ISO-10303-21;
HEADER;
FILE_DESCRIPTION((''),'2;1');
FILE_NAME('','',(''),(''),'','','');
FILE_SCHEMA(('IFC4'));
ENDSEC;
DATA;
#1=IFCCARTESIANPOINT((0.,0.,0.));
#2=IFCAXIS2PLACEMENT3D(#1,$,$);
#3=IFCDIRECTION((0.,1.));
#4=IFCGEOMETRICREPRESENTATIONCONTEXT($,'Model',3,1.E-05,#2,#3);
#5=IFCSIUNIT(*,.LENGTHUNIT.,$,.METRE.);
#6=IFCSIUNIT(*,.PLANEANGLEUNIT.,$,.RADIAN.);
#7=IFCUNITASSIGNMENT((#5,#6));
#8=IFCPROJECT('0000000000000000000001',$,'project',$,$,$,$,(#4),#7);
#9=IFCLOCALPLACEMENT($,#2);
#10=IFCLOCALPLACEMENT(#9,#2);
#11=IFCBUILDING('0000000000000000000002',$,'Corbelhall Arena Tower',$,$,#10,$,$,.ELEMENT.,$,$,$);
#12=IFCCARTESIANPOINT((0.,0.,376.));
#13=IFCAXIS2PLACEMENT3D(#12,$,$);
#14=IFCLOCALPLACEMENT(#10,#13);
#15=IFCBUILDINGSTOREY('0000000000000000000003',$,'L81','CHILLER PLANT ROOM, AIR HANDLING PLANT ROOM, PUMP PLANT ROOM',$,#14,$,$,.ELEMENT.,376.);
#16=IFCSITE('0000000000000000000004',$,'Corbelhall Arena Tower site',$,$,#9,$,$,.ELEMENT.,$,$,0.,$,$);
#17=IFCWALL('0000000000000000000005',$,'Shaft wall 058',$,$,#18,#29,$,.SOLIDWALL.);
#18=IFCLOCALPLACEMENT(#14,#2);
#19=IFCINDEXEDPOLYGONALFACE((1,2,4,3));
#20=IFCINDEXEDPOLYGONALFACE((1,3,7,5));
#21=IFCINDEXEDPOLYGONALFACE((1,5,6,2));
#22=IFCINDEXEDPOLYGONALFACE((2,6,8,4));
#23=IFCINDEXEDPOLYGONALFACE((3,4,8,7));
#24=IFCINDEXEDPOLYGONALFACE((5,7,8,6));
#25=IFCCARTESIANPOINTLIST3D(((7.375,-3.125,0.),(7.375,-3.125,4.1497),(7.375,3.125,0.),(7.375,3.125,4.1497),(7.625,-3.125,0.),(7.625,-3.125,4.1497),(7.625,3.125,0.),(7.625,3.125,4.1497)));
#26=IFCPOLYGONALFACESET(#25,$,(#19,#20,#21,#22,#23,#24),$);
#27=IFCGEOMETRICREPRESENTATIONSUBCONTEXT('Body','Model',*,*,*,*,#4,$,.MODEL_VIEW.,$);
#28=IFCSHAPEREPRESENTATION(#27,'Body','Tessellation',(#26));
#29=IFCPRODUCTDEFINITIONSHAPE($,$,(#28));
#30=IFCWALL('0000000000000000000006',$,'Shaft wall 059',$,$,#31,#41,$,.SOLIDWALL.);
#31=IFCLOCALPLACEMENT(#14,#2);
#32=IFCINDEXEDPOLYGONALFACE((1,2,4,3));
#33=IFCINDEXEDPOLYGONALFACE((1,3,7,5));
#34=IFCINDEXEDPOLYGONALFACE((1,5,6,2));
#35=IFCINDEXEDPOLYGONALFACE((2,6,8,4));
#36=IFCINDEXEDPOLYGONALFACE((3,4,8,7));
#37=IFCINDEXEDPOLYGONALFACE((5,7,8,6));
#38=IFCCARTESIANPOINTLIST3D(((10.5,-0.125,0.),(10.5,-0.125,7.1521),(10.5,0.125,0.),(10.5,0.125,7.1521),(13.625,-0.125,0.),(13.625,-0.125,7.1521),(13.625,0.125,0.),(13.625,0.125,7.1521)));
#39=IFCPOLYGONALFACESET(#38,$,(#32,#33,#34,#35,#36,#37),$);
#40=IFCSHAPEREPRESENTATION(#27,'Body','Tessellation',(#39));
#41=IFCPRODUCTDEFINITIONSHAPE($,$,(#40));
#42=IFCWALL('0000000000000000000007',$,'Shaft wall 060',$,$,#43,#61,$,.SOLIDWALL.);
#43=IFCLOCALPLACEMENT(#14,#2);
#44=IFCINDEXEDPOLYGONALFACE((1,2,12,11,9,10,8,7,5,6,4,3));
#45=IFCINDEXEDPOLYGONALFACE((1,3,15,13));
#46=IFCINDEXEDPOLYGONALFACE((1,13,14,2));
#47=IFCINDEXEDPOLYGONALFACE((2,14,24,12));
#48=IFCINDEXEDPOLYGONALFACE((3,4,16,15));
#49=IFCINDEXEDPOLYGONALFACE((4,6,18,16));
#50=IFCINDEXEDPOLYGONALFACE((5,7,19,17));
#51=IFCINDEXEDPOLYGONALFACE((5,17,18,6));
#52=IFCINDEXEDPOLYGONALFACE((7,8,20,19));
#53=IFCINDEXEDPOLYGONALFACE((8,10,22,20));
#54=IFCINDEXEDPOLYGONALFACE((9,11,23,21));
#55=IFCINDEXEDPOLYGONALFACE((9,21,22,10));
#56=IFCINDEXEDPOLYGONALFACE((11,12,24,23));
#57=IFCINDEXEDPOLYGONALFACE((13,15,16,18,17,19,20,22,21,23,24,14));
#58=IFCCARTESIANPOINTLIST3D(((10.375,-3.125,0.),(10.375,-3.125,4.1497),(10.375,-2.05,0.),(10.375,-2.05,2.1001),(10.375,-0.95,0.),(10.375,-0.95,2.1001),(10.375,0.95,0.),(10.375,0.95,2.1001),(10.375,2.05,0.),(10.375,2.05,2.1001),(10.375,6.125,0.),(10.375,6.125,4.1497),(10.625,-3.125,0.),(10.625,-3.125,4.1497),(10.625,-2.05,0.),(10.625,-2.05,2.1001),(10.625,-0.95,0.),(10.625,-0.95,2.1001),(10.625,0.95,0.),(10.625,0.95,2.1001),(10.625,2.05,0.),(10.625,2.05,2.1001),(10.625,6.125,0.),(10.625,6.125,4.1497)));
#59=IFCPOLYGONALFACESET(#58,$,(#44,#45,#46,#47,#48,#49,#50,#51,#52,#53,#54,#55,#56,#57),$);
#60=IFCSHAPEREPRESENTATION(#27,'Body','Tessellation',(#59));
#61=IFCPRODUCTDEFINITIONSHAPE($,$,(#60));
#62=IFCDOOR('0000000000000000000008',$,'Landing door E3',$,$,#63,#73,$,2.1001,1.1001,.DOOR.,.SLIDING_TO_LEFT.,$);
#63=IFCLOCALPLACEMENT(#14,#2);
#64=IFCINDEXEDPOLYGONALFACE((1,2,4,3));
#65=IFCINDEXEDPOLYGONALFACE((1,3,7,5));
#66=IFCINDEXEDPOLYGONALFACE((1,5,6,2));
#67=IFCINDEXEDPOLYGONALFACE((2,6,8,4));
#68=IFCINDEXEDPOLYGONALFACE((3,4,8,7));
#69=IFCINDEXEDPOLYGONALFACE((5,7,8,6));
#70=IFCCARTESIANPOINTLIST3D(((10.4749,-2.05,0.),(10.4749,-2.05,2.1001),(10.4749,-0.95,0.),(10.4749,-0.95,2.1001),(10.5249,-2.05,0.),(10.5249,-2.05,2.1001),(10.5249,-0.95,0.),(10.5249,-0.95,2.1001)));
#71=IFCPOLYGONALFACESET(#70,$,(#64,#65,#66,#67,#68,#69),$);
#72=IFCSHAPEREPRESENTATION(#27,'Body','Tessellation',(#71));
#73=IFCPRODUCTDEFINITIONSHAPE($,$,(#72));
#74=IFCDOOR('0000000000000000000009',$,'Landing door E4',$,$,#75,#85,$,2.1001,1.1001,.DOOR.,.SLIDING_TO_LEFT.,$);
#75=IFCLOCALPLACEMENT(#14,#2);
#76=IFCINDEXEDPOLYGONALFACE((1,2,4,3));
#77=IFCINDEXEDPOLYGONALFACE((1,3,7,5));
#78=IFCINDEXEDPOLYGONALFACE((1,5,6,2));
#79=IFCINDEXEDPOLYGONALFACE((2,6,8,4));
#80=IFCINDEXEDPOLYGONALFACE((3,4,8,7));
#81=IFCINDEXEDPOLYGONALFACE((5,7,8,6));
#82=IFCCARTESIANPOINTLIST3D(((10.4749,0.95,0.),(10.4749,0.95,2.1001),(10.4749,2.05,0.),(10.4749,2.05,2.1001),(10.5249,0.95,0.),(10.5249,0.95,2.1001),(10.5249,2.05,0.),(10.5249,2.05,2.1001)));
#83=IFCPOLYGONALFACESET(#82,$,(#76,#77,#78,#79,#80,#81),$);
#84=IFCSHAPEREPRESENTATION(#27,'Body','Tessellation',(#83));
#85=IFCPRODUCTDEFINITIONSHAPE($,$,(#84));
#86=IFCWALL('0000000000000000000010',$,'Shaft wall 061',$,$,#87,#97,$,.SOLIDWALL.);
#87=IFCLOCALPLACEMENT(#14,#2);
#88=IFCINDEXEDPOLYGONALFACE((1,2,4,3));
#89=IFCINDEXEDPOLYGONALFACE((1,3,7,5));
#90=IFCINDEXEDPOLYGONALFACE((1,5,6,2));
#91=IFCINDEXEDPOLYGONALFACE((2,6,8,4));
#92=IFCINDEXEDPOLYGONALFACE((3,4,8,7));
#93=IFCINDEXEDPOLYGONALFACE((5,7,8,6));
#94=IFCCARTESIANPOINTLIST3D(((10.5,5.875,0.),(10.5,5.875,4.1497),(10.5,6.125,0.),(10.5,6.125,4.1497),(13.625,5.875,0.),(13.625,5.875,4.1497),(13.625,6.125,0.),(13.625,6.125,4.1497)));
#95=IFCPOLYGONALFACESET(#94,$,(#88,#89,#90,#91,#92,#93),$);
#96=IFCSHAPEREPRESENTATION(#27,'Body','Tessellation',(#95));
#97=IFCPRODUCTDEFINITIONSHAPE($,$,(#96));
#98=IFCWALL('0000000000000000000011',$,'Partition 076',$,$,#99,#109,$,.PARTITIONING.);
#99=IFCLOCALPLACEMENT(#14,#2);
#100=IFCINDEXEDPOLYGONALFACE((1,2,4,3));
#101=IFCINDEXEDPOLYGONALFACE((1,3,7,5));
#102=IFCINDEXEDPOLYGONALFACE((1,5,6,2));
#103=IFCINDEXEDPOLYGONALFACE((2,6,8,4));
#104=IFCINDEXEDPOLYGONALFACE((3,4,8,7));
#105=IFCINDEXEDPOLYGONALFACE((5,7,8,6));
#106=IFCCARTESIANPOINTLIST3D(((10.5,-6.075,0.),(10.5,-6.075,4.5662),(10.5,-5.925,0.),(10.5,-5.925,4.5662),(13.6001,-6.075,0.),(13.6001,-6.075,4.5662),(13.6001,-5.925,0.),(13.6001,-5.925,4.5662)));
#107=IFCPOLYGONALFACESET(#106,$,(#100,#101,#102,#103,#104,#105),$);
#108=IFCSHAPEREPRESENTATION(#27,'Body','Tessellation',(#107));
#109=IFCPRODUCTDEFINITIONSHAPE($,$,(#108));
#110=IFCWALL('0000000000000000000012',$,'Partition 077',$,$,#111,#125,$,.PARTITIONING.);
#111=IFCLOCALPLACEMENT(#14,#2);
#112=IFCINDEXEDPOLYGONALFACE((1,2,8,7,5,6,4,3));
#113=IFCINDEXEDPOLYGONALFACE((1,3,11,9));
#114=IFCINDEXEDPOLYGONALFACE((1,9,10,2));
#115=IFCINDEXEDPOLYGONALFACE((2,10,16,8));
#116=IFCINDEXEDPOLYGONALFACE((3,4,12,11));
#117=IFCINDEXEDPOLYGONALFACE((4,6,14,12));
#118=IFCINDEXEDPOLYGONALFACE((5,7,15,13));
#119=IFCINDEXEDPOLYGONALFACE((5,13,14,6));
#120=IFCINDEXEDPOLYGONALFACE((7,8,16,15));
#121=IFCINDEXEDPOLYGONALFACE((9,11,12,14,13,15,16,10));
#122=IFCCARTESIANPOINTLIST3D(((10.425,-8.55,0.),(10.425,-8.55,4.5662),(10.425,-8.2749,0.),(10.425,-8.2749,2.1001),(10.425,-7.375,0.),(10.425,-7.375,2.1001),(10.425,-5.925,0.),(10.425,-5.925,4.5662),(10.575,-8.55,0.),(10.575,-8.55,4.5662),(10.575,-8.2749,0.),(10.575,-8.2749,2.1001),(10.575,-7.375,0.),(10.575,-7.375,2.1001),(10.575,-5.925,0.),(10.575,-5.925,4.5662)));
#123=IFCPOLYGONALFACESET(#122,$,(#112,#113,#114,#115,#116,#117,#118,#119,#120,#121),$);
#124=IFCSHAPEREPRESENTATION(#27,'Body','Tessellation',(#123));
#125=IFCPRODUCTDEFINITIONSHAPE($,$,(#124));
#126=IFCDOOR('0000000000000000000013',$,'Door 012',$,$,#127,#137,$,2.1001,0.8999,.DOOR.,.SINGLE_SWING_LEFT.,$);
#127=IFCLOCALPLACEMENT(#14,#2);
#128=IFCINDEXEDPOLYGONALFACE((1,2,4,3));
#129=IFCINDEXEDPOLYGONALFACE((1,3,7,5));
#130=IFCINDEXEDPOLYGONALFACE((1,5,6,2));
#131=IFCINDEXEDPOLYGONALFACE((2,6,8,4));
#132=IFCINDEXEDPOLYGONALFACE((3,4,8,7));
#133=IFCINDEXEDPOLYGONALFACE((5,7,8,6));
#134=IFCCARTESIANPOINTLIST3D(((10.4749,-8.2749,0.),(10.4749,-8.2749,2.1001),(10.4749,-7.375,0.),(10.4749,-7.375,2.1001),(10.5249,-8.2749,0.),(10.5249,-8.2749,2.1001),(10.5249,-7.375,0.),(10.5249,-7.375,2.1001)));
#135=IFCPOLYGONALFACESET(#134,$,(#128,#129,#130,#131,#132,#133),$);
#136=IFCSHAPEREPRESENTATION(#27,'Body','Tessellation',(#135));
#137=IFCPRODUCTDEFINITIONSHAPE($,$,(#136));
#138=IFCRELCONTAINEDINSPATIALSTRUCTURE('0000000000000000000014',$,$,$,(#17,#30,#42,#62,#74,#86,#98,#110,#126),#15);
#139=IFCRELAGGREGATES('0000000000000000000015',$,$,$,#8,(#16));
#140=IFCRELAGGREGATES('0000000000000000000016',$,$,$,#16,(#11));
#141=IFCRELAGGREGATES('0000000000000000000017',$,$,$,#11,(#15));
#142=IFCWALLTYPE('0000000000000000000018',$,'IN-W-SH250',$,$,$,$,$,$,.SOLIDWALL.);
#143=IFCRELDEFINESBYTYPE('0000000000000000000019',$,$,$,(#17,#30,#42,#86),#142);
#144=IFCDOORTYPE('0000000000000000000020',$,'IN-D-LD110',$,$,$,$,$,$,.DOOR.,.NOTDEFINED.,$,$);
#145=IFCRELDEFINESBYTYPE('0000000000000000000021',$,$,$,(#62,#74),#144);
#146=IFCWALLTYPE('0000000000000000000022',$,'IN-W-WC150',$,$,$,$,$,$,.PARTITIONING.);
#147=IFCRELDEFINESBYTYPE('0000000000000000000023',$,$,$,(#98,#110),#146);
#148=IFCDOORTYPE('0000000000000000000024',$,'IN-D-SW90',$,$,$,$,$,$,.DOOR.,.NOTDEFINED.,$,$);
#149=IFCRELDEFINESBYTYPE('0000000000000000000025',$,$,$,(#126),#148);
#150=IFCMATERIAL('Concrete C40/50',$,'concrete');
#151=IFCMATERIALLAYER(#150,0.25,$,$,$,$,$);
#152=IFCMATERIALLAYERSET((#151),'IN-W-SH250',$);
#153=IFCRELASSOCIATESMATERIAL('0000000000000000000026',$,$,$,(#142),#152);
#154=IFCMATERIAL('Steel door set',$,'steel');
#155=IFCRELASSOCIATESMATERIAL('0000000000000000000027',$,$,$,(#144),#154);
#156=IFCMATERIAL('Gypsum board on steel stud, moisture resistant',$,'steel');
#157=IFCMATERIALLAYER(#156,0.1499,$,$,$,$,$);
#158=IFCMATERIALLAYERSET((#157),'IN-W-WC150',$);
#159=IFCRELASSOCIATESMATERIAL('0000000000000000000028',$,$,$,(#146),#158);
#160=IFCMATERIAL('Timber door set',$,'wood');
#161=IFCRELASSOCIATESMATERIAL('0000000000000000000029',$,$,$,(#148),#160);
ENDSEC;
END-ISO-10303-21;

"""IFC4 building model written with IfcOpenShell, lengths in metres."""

from ifc_helpers import new_model, si_unit, direction, frame, frame_2d, origin, place, context, subcontext, project, spatial, rectangle, extrude, material, layer, layer_set, type_object, element, fill, save


model = new_model("IFC4")

# Units and contexts
model_context = context("Model", 3, precision=1e-05, world=origin(), true_north=direction((0.0, 1.0)))
body_context = subcontext(model_context, "Body", "Model", "MODEL_VIEW")
ifc_project = project(units=[si_unit("LENGTHUNIT", "METRE"), si_unit("PLANEANGLEUNIT", "RADIAN")], contexts=[model_context])

# Site, building, storey
site_placement = place(None, origin())
site = spatial("IfcSite", under=ifc_project, at=site_placement, Name="Corbelhall Arena Tower site", CompositionType="ELEMENT", RefElevation=0.0)
building_placement = place(site_placement, origin())
building = spatial("IfcBuilding", under=site, at=building_placement, Name="Corbelhall Arena Tower", CompositionType="ELEMENT")
storey_placement = place(building_placement, frame((0.0, 0.0, 376.0)))
storey = spatial("IfcBuildingStorey", under=building, at=storey_placement, Name="L81", Description="CHILLER PLANT ROOM, AIR HANDLING PLANT ROOM, PUMP PLANT ROOM", CompositionType="ELEMENT", Elevation=376.0)

# Shared definitions
ifc_material_1 = material(Name="Steel door set", Category="steel")
ifc_material_2 = material(Name="Concrete C40/50", Category="concrete")
ifc_layer_1 = layer(ifc_material_2, 0.25)
ifc_layer_set_1 = layer_set([ifc_layer_1], Name="IN-W-SH250")
wall_type_1 = type_object("IfcWallType", Name="IN-W-SH250", PredefinedType="SOLIDWALL", material=ifc_layer_set_1)

# Walls
wall_1_placement = place(storey_placement, frame((7.5, 3.125, 0.0), z_axis=(0.0, 0.0, 1.0), x_axis=(0.0, -1.0, 0.0)))
element("IfcWall", 1, at=wall_1_placement, inside=storey, type_object=wall_type_1, Name="Shaft wall 058", PredefinedType="SOLIDWALL", context=body_context, shape_type="SweptSolid", body=[
    extrude(rectangle(XDim=6.25, YDim=0.25, at=frame_2d((3.125, 0.0))), origin(), (0.0, 0.0, 1.0), 4.1497),
])
wall_2_placement = place(storey_placement, frame((10.5, 0.0, 0.0), z_axis=(0.0, 0.0, 1.0), x_axis=(1.0, 0.0, 0.0)))
element("IfcWall", 2, at=wall_2_placement, inside=storey, type_object=wall_type_1, Name="Shaft wall 059", PredefinedType="SOLIDWALL", context=body_context, shape_type="SweptSolid", body=[
    extrude(rectangle(XDim=3.125, YDim=0.25, at=frame_2d((1.5625, 0.0))), origin(), (0.0, 0.0, 1.0), 7.1521),
])

# Wall, openings, doors
wall_3_placement = place(storey_placement, frame((10.5, 6.125, 0.0), z_axis=(0.0, 0.0, 1.0), x_axis=(0.0, -1.0, 0.0)))
wall_3 = element("IfcWall", 3, at=wall_3_placement, inside=storey, type_object=wall_type_1, Name="Shaft wall 060", PredefinedType="SOLIDWALL", context=body_context, shape_type="SweptSolid", body=[
    extrude(rectangle(XDim=9.25, YDim=0.25, at=frame_2d((4.625, 0.0))), origin(), (0.0, 0.0, 1.0), 4.1497),
])
opening_1_placement = place(wall_3_placement, frame((7.075, 0.0, 0.0)))
opening_1 = element("IfcOpeningElement", 4, at=opening_1_placement, cuts=wall_3, PredefinedType="OPENING", context=body_context, shape_type="SweptSolid", body=[
    extrude(rectangle(XDim=1.1001, YDim=2.1001, at=frame_2d((0.55, 1.05))), frame((0.0, 0.125, 0.0), z_axis=(0.0, -1.0, 0.0), x_axis=(1.0, 0.0, 0.0)), (0.0, 0.0, 1.0), 0.25),
])
opening_2_placement = place(wall_3_placement, frame((4.075, 0.0, 0.0)))
opening_2 = element("IfcOpeningElement", 5, at=opening_2_placement, cuts=wall_3, PredefinedType="OPENING", context=body_context, shape_type="SweptSolid", body=[
    extrude(rectangle(XDim=1.1001, YDim=2.1001, at=frame_2d((0.55, 1.05))), frame((0.0, 0.125, 0.0), z_axis=(0.0, -1.0, 0.0), x_axis=(1.0, 0.0, 0.0)), (0.0, 0.0, 1.0), 0.25),
])
door_type_1 = type_object("IfcDoorType", Name="IN-D-LD110", OperationType="NOTDEFINED", PredefinedType="DOOR", material=ifc_material_1)
door_1_placement = place(opening_1_placement, origin())
door_1 = element("IfcDoor", 6, at=door_1_placement, inside=storey, type_object=door_type_1, Name="Landing door E3", OperationType="SLIDING_TO_LEFT", OverallHeight=2.1001, OverallWidth=1.1001, PredefinedType="DOOR", context=body_context, shape_type="SweptSolid", body=[
    extrude(rectangle(XDim=1.1001, YDim=2.1001, at=frame_2d((0.55, 1.05))), frame((0.0, 0.0249, 0.0), z_axis=(0.0, -1.0, 0.0), x_axis=(1.0, 0.0, 0.0)), (0.0, 0.0, 1.0), 0.05),
])
fill(opening_1, door_1)
door_2_placement = place(opening_2_placement, origin())
door_2 = element("IfcDoor", 7, at=door_2_placement, inside=storey, type_object=door_type_1, Name="Landing door E4", OperationType="SLIDING_TO_LEFT", OverallHeight=2.1001, OverallWidth=1.1001, PredefinedType="DOOR", context=body_context, shape_type="SweptSolid", body=[
    extrude(rectangle(XDim=1.1001, YDim=2.1001, at=frame_2d((0.55, 1.05))), frame((0.0, 0.0249, 0.0), z_axis=(0.0, -1.0, 0.0), x_axis=(1.0, 0.0, 0.0)), (0.0, 0.0, 1.0), 0.05),
])
fill(opening_2, door_2)

# Walls
wall_4_placement = place(storey_placement, frame((10.5, 6.0, 0.0), z_axis=(0.0, 0.0, 1.0), x_axis=(1.0, 0.0, 0.0)))
element("IfcWall", 8, at=wall_4_placement, inside=storey, type_object=wall_type_1, Name="Shaft wall 061", PredefinedType="SOLIDWALL", context=body_context, shape_type="SweptSolid", body=[
    extrude(rectangle(XDim=3.125, YDim=0.25, at=frame_2d((1.5625, 0.0))), origin(), (0.0, 0.0, 1.0), 4.1497),
])
ifc_material_3 = material(Name="Gypsum board on steel stud, moisture resistant", Category="steel")
ifc_layer_2 = layer(ifc_material_3, 0.1499)
ifc_layer_set_2 = layer_set([ifc_layer_2], Name="IN-W-WC150")
wall_type_2 = type_object("IfcWallType", Name="IN-W-WC150", PredefinedType="PARTITIONING", material=ifc_layer_set_2)
wall_5_placement = place(storey_placement, frame((10.5, -6.0, 0.0), z_axis=(0.0, 0.0, 1.0), x_axis=(1.0, 0.0, 0.0)))
element("IfcWall", 9, at=wall_5_placement, inside=storey, type_object=wall_type_2, Name="Partition 076", PredefinedType="PARTITIONING", context=body_context, shape_type="SweptSolid", body=[
    extrude(rectangle(XDim=3.1001, YDim=0.1499, at=frame_2d((1.55, 0.0))), origin(), (0.0, 0.0, 1.0), 4.5662),
])

# Wall, opening, door
wall_6_placement = place(storey_placement, frame((10.5, -5.925, 0.0), z_axis=(0.0, 0.0, 1.0), x_axis=(0.0, -1.0, 0.0)))
wall_6 = element("IfcWall", 10, at=wall_6_placement, inside=storey, type_object=wall_type_2, Name="Partition 077", PredefinedType="PARTITIONING", context=body_context, shape_type="SweptSolid", body=[
    extrude(rectangle(XDim=2.625, YDim=0.1499, at=frame_2d((1.3125, 0.0))), origin(), (0.0, 0.0, 1.0), 4.5662),
])
opening_3_placement = place(wall_6_placement, frame((1.45, 0.0, 0.0)))
opening_3 = element("IfcOpeningElement", 11, at=opening_3_placement, cuts=wall_6, PredefinedType="OPENING", context=body_context, shape_type="SweptSolid", body=[
    extrude(rectangle(XDim=0.8999, YDim=2.1001, at=frame_2d((0.45, 1.05))), frame((0.0, 0.075, 0.0), z_axis=(0.0, -1.0, 0.0), x_axis=(1.0, 0.0, 0.0)), (0.0, 0.0, 1.0), 0.1499),
])
ifc_material_4 = material(Name="Timber door set", Category="wood")
door_type_2 = type_object("IfcDoorType", Name="IN-D-SW90", OperationType="NOTDEFINED", PredefinedType="DOOR", material=ifc_material_4)
door_3_placement = place(opening_3_placement, origin())
door_3 = element("IfcDoor", 12, at=door_3_placement, inside=storey, type_object=door_type_2, Name="Door 012", OperationType="SINGLE_SWING_LEFT", OverallHeight=2.1001, OverallWidth=0.8999, PredefinedType="DOOR", context=body_context, shape_type="SweptSolid", body=[
    extrude(rectangle(XDim=0.8999, YDim=2.1001, at=frame_2d((0.45, 1.05))), frame((0.0, 0.0249, 0.0), z_axis=(0.0, -1.0, 0.0), x_axis=(1.0, 0.0, 0.0)), (0.0, 0.0, 1.0), 0.05),
])
fill(opening_3, door_3)

save(model, "model.ifc")
